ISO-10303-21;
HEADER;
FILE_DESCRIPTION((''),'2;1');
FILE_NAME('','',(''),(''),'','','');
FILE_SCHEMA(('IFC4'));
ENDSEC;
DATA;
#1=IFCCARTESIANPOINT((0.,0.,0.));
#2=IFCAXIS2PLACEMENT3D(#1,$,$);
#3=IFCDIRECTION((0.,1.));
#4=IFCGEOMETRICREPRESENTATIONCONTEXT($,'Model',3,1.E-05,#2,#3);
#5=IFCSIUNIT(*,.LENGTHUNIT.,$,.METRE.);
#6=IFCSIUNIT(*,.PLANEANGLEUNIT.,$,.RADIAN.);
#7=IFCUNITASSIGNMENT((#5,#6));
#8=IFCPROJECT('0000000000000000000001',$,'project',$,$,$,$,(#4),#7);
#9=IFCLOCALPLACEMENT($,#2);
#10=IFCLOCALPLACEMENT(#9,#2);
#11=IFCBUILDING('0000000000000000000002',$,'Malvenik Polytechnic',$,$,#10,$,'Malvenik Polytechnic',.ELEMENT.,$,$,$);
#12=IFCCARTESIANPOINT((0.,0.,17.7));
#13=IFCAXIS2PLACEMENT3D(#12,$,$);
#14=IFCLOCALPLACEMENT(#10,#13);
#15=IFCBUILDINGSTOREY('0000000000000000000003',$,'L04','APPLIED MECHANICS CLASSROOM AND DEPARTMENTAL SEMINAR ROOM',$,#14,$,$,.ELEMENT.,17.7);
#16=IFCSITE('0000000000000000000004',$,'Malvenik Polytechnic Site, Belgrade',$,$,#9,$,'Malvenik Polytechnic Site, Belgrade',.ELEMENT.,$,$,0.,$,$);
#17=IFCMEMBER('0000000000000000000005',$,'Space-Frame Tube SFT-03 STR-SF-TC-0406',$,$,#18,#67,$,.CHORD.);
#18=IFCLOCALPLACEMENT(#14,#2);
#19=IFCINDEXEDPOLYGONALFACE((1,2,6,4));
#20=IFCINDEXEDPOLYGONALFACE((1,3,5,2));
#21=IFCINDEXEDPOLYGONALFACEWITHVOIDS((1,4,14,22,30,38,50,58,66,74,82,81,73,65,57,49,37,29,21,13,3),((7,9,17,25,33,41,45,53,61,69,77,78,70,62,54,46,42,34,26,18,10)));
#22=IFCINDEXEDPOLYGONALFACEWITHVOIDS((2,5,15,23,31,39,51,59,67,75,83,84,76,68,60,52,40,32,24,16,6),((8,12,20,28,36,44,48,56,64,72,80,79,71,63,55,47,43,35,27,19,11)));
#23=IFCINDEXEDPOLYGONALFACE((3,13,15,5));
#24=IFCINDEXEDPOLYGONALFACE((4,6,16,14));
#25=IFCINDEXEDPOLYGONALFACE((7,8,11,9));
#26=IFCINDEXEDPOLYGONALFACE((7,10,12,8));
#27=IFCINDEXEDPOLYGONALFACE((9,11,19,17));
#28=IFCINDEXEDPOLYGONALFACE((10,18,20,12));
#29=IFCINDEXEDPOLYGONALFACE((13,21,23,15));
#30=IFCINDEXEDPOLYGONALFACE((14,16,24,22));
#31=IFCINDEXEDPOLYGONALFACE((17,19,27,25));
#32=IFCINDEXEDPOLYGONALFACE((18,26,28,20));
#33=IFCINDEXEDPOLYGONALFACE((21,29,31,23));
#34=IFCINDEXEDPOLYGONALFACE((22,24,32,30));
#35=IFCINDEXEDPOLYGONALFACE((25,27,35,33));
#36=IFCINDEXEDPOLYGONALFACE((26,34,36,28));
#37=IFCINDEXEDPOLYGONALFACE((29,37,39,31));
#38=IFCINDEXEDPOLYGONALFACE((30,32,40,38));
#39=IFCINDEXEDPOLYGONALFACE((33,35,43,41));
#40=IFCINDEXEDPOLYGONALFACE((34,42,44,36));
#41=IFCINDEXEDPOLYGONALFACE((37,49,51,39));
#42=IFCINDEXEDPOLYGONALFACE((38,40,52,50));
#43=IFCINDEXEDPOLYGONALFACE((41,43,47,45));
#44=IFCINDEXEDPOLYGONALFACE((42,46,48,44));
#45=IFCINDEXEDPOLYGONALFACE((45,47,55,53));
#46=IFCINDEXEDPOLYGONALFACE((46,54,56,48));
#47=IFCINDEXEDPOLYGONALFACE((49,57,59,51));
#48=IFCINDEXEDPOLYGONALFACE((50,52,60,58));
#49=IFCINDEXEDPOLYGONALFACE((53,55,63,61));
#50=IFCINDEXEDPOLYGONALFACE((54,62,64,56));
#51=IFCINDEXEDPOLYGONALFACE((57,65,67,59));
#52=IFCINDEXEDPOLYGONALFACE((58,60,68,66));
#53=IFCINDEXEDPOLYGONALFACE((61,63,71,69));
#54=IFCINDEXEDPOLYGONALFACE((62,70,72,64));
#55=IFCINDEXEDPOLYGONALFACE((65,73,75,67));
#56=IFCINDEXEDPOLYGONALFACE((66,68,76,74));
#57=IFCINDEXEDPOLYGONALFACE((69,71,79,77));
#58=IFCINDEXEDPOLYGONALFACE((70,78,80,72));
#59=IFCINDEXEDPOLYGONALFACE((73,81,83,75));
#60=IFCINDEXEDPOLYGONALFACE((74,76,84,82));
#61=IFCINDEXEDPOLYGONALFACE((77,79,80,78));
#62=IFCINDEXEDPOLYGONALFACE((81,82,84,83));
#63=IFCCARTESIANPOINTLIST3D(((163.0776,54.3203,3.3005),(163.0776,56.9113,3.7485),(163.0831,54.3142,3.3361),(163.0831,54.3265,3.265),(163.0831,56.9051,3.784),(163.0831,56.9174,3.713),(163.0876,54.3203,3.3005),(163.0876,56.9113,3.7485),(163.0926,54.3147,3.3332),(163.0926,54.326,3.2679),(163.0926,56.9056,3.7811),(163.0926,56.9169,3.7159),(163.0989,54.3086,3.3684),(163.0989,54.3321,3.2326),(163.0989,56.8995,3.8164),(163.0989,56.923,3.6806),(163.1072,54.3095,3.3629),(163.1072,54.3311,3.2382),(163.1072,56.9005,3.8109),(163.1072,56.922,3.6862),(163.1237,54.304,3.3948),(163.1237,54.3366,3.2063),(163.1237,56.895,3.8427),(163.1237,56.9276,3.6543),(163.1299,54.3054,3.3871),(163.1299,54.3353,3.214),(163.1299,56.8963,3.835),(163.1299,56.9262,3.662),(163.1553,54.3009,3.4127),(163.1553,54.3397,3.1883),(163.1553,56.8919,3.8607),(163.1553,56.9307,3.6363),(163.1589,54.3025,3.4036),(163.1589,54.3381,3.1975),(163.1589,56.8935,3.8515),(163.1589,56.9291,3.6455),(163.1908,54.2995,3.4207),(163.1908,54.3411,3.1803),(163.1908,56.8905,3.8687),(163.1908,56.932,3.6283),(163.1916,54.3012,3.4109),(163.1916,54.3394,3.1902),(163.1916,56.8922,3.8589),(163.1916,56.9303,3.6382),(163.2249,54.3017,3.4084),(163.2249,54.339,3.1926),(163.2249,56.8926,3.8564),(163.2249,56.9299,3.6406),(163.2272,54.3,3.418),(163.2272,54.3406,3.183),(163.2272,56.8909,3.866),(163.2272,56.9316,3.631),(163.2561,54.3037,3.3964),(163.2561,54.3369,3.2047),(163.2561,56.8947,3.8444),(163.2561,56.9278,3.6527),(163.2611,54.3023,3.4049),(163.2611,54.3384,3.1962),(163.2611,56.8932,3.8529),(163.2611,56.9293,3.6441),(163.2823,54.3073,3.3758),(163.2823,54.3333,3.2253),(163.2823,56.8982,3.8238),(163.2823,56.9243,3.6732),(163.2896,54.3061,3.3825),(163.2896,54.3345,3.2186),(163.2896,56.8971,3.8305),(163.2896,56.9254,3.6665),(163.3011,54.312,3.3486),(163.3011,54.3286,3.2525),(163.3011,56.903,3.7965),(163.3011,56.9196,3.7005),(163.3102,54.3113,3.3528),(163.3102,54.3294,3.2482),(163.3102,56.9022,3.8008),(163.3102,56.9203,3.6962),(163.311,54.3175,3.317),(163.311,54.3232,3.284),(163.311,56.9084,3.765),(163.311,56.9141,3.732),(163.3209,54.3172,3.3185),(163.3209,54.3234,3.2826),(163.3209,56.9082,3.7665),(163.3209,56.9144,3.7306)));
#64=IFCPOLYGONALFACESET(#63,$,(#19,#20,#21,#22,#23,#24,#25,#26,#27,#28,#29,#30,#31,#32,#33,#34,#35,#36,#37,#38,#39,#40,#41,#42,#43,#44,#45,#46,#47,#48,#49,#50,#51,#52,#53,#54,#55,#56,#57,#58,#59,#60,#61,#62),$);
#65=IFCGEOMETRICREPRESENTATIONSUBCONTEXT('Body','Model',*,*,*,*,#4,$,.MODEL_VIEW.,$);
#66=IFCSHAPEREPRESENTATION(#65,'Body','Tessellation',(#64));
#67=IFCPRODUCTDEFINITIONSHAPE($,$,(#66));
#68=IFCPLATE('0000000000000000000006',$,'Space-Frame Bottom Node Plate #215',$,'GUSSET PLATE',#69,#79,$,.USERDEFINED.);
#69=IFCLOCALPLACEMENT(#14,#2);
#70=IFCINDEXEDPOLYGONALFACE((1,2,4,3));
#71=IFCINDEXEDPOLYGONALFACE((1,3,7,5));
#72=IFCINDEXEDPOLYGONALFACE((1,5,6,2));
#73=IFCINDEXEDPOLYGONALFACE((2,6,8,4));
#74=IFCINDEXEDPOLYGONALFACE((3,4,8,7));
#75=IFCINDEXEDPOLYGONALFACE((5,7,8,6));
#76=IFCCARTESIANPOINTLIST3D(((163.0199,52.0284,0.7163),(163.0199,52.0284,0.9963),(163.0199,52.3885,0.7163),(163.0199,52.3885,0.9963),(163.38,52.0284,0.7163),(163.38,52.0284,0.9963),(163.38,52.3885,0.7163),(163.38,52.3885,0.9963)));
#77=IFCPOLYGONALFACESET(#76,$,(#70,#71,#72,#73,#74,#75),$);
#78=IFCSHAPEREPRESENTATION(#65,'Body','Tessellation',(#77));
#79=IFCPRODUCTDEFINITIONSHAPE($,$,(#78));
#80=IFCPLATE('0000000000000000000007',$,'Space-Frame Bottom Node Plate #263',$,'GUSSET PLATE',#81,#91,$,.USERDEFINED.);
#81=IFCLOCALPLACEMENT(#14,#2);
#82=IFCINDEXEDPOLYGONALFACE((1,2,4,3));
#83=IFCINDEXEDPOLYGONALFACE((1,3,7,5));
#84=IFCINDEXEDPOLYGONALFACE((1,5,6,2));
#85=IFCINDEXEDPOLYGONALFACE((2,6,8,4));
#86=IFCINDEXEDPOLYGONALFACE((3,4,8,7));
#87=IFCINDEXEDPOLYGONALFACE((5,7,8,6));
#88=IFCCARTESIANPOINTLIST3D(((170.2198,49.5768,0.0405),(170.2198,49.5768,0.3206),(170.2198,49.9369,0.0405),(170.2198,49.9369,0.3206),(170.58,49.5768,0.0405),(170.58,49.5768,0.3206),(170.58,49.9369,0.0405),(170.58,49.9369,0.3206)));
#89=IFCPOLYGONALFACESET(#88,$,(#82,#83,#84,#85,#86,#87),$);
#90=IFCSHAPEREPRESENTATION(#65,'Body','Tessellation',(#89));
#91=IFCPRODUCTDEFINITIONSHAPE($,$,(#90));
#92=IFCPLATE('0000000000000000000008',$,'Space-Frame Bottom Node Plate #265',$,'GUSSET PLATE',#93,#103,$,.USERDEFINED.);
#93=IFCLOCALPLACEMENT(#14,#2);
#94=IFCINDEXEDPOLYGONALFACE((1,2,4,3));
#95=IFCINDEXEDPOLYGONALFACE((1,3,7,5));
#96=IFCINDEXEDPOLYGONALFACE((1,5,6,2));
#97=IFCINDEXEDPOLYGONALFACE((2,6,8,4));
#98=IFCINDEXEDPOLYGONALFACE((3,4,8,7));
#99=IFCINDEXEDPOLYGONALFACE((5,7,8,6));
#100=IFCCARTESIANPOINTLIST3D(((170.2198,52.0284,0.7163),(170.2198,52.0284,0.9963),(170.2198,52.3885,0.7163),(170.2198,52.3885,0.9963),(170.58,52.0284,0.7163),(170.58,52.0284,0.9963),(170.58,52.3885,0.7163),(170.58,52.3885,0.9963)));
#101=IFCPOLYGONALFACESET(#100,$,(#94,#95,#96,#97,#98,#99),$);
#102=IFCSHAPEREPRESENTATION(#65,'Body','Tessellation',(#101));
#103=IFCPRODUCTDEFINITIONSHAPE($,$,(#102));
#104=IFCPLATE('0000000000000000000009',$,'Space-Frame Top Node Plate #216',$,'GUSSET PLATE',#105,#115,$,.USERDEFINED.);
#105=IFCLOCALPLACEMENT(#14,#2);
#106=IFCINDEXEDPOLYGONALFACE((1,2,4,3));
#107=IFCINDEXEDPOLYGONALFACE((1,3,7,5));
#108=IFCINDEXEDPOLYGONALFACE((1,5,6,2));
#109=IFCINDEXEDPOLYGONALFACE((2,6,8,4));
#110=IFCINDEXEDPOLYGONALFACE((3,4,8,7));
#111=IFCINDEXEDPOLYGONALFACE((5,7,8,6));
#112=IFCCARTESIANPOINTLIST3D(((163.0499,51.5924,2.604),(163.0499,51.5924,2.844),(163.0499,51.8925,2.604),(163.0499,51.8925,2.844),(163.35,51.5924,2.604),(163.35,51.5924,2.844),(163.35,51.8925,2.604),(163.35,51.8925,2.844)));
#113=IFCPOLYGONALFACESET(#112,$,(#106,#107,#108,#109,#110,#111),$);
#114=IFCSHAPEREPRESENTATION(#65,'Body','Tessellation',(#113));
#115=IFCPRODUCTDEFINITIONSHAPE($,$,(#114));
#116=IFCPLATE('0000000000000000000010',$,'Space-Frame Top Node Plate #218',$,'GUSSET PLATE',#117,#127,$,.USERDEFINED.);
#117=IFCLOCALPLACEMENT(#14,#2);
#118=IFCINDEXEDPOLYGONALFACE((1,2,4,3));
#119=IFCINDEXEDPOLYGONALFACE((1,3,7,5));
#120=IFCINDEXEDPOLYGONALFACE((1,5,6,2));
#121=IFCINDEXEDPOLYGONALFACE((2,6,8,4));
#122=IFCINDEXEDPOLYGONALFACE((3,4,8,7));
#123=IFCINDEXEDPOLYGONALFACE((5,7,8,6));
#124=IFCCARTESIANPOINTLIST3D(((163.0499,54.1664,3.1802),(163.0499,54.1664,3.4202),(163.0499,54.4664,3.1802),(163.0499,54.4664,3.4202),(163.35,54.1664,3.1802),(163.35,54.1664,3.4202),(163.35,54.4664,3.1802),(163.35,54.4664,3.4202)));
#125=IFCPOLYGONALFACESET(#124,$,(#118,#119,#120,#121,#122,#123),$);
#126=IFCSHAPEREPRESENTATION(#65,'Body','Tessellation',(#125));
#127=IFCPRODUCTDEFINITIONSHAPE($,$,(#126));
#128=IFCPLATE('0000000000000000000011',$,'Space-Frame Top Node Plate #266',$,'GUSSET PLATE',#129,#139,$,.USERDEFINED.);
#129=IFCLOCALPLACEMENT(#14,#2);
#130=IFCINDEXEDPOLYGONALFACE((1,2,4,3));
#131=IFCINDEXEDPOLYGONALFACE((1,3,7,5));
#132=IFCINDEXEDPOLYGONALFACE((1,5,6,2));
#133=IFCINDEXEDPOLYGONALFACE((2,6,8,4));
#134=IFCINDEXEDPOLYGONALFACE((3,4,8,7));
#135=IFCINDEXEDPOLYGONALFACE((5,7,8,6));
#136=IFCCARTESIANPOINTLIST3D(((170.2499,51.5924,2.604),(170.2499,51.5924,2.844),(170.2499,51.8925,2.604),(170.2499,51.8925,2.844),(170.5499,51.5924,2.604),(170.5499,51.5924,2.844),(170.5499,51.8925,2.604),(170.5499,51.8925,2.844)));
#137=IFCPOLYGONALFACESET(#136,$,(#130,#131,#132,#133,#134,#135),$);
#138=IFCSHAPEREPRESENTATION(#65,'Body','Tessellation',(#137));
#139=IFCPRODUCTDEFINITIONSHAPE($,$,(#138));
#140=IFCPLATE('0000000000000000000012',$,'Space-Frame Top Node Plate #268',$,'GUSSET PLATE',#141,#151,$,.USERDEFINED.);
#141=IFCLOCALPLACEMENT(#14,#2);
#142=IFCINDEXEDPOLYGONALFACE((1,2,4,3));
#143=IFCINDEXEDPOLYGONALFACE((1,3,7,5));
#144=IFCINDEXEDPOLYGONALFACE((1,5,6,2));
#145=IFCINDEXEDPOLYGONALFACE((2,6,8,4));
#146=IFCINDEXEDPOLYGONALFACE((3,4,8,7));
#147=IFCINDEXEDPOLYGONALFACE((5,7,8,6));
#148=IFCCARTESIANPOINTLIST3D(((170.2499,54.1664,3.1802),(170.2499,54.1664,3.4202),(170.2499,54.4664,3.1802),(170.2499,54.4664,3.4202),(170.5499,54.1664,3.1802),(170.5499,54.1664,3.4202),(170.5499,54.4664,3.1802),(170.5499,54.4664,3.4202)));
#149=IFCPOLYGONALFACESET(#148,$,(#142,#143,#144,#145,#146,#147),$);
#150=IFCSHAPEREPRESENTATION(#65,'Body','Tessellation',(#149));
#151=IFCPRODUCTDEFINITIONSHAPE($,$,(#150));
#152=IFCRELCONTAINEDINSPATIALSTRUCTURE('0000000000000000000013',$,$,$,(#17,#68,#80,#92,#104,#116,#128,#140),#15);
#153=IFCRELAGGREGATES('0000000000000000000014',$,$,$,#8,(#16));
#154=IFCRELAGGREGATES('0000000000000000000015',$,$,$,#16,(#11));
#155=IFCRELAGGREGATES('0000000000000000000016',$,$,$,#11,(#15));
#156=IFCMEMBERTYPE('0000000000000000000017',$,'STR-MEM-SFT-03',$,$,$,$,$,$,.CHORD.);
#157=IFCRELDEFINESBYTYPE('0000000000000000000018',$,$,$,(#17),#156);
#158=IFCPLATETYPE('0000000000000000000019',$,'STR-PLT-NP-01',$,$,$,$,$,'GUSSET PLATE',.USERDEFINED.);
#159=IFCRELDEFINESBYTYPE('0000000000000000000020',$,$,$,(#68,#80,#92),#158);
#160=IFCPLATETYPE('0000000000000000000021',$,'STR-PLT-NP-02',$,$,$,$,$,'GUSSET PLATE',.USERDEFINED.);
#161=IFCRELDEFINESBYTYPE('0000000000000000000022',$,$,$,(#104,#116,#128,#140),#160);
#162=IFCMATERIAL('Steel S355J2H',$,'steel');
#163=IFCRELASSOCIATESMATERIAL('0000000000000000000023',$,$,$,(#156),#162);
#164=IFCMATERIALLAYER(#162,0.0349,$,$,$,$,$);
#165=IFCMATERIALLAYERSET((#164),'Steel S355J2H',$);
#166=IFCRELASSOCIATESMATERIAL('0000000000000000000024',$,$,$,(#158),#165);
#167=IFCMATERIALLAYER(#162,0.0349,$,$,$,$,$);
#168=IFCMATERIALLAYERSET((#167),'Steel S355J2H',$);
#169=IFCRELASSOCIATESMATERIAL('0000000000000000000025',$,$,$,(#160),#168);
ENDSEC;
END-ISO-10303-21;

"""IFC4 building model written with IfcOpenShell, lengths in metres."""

from ifc_helpers import new_model, si_unit, direction, frame, origin, origin_2d, place, context, subcontext, project, spatial, rectangle, hollow_circle, extrude, material, layer, layer_set, material_profile, profile_set, type_object, element, save


model = new_model("IFC4")

# Units and contexts
model_context = context("Model", 3, precision=1e-05, world=origin(), true_north=direction((0.0, 1.0)))
body_context = subcontext(model_context, "Body", "Model", "MODEL_VIEW")
ifc_project = project(units=[si_unit("LENGTHUNIT", "METRE"), si_unit("PLANEANGLEUNIT", "RADIAN")], contexts=[model_context])

# Site, building, storey
site_placement = place(None, origin())
site = spatial("IfcSite", under=ifc_project, at=site_placement, Name="Malvenik Polytechnic Site, Belgrade", LongName="Malvenik Polytechnic Site, Belgrade", CompositionType="ELEMENT", RefElevation=0.0)
building_placement = place(site_placement, origin())
building = spatial("IfcBuilding", under=site, at=building_placement, Name="Malvenik Polytechnic", LongName="Malvenik Polytechnic", CompositionType="ELEMENT")
storey_placement = place(building_placement, frame((0.0, 0.0, 17.7)))
storey = spatial("IfcBuildingStorey", under=building, at=storey_placement, Name="L04", Description="APPLIED MECHANICS CLASSROOM AND DEPARTMENTAL SEMINAR ROOM", CompositionType="ELEMENT", Elevation=17.7)

# Member
ifc_material = material(Name="Steel S355J2H", Category="steel")
ifc_material_profile_1 = material_profile(ifc_material, hollow_circle(Radius=0.1223, WallThickness=0.01, at=origin_2d()), Name="CHS 244.5x10.0")
ifc_profile_set_1 = profile_set([ifc_material_profile_1], Name="Steel S355J2H")
member_type_1 = type_object("IfcMemberType", Name="STR-MEM-SFT-03", PredefinedType="CHORD", material=ifc_profile_set_1)
member_1_placement = place(storey_placement, frame((163.2, 54.3203, 3.3005), z_axis=(0.0, 0.98538, 0.170373), x_axis=(-1.0, 0.0, 0.0)))
element("IfcMember", 1, at=member_1_placement, inside=storey, type_object=member_type_1, Name="Space-Frame Tube SFT-03 STR-SF-TC-0406", PredefinedType="CHORD", context=body_context, shape_type="SweptSolid", body=[
    extrude(hollow_circle(Radius=0.1223, WallThickness=0.01, at=origin_2d()), origin(), (0.0, 0.0, 1.0), 2.6294),
])

# Plates
ifc_layer_1 = layer(ifc_material, 0.0349)
ifc_layer_set_1 = layer_set([ifc_layer_1], Name="Steel S355J2H")
plate_type_1 = type_object("IfcPlateType", Name="STR-PLT-NP-01", ElementType="GUSSET PLATE", PredefinedType="USERDEFINED", material=ifc_layer_set_1)
for number, where, z_axis, x_axis, name in (
    (2, (163.2, 52.2085, 0.7163), (0.0, 0.0, 1.0), (1.0, 0.0, 0.0), "Space-Frame Bottom Node Plate #215"),
    (3, (170.3999, 49.7568, 0.0405), (0.0, 0.0, 1.0), (1.0, 0.0, 0.0), "Space-Frame Bottom Node Plate #263"),
    (4, (170.3999, 52.2085, 0.7163), (0.0, 0.0, 1.0), (1.0, 0.0, 0.0), "Space-Frame Bottom Node Plate #265"),
):
    element("IfcPlate", number, at=place(storey_placement, frame(where, z_axis=z_axis, x_axis=x_axis)), inside=storey, type_object=plate_type_1, Name=name, ObjectType="GUSSET PLATE", PredefinedType="USERDEFINED", context=body_context, shape_type="SweptSolid", body=[
        extrude(rectangle(XDim=0.3601, YDim=0.3601, at=origin_2d()), origin(), (0.0, 0.0, 1.0), 0.28),
    ])
ifc_layer_2 = layer(ifc_material, 0.0349)
ifc_layer_set_2 = layer_set([ifc_layer_2], Name="Steel S355J2H")
plate_type_2 = type_object("IfcPlateType", Name="STR-PLT-NP-02", ElementType="GUSSET PLATE", PredefinedType="USERDEFINED", material=ifc_layer_set_2)
for number, where, z_axis, x_axis, name in (
    (5, (163.2, 51.7424, 2.604), (0.0, 0.0, 1.0), (1.0, 0.0, 0.0), "Space-Frame Top Node Plate #216"),
    (6, (163.2, 54.3164, 3.1802), (0.0, 0.0, 1.0), (1.0, 0.0, 0.0), "Space-Frame Top Node Plate #218"),
    (7, (170.3999, 51.7424, 2.604), (0.0, 0.0, 1.0), (1.0, 0.0, 0.0), "Space-Frame Top Node Plate #266"),
    (8, (170.3999, 54.3164, 3.1802), (0.0, 0.0, 1.0), (1.0, 0.0, 0.0), "Space-Frame Top Node Plate #268"),
):
    element("IfcPlate", number, at=place(storey_placement, frame(where, z_axis=z_axis, x_axis=x_axis)), inside=storey, type_object=plate_type_2, Name=name, ObjectType="GUSSET PLATE", PredefinedType="USERDEFINED", context=body_context, shape_type="SweptSolid", body=[
        extrude(rectangle(XDim=0.3, YDim=0.3, at=origin_2d()), origin(), (0.0, 0.0, 1.0), 0.24),
    ])

save(model, "model.ifc")
